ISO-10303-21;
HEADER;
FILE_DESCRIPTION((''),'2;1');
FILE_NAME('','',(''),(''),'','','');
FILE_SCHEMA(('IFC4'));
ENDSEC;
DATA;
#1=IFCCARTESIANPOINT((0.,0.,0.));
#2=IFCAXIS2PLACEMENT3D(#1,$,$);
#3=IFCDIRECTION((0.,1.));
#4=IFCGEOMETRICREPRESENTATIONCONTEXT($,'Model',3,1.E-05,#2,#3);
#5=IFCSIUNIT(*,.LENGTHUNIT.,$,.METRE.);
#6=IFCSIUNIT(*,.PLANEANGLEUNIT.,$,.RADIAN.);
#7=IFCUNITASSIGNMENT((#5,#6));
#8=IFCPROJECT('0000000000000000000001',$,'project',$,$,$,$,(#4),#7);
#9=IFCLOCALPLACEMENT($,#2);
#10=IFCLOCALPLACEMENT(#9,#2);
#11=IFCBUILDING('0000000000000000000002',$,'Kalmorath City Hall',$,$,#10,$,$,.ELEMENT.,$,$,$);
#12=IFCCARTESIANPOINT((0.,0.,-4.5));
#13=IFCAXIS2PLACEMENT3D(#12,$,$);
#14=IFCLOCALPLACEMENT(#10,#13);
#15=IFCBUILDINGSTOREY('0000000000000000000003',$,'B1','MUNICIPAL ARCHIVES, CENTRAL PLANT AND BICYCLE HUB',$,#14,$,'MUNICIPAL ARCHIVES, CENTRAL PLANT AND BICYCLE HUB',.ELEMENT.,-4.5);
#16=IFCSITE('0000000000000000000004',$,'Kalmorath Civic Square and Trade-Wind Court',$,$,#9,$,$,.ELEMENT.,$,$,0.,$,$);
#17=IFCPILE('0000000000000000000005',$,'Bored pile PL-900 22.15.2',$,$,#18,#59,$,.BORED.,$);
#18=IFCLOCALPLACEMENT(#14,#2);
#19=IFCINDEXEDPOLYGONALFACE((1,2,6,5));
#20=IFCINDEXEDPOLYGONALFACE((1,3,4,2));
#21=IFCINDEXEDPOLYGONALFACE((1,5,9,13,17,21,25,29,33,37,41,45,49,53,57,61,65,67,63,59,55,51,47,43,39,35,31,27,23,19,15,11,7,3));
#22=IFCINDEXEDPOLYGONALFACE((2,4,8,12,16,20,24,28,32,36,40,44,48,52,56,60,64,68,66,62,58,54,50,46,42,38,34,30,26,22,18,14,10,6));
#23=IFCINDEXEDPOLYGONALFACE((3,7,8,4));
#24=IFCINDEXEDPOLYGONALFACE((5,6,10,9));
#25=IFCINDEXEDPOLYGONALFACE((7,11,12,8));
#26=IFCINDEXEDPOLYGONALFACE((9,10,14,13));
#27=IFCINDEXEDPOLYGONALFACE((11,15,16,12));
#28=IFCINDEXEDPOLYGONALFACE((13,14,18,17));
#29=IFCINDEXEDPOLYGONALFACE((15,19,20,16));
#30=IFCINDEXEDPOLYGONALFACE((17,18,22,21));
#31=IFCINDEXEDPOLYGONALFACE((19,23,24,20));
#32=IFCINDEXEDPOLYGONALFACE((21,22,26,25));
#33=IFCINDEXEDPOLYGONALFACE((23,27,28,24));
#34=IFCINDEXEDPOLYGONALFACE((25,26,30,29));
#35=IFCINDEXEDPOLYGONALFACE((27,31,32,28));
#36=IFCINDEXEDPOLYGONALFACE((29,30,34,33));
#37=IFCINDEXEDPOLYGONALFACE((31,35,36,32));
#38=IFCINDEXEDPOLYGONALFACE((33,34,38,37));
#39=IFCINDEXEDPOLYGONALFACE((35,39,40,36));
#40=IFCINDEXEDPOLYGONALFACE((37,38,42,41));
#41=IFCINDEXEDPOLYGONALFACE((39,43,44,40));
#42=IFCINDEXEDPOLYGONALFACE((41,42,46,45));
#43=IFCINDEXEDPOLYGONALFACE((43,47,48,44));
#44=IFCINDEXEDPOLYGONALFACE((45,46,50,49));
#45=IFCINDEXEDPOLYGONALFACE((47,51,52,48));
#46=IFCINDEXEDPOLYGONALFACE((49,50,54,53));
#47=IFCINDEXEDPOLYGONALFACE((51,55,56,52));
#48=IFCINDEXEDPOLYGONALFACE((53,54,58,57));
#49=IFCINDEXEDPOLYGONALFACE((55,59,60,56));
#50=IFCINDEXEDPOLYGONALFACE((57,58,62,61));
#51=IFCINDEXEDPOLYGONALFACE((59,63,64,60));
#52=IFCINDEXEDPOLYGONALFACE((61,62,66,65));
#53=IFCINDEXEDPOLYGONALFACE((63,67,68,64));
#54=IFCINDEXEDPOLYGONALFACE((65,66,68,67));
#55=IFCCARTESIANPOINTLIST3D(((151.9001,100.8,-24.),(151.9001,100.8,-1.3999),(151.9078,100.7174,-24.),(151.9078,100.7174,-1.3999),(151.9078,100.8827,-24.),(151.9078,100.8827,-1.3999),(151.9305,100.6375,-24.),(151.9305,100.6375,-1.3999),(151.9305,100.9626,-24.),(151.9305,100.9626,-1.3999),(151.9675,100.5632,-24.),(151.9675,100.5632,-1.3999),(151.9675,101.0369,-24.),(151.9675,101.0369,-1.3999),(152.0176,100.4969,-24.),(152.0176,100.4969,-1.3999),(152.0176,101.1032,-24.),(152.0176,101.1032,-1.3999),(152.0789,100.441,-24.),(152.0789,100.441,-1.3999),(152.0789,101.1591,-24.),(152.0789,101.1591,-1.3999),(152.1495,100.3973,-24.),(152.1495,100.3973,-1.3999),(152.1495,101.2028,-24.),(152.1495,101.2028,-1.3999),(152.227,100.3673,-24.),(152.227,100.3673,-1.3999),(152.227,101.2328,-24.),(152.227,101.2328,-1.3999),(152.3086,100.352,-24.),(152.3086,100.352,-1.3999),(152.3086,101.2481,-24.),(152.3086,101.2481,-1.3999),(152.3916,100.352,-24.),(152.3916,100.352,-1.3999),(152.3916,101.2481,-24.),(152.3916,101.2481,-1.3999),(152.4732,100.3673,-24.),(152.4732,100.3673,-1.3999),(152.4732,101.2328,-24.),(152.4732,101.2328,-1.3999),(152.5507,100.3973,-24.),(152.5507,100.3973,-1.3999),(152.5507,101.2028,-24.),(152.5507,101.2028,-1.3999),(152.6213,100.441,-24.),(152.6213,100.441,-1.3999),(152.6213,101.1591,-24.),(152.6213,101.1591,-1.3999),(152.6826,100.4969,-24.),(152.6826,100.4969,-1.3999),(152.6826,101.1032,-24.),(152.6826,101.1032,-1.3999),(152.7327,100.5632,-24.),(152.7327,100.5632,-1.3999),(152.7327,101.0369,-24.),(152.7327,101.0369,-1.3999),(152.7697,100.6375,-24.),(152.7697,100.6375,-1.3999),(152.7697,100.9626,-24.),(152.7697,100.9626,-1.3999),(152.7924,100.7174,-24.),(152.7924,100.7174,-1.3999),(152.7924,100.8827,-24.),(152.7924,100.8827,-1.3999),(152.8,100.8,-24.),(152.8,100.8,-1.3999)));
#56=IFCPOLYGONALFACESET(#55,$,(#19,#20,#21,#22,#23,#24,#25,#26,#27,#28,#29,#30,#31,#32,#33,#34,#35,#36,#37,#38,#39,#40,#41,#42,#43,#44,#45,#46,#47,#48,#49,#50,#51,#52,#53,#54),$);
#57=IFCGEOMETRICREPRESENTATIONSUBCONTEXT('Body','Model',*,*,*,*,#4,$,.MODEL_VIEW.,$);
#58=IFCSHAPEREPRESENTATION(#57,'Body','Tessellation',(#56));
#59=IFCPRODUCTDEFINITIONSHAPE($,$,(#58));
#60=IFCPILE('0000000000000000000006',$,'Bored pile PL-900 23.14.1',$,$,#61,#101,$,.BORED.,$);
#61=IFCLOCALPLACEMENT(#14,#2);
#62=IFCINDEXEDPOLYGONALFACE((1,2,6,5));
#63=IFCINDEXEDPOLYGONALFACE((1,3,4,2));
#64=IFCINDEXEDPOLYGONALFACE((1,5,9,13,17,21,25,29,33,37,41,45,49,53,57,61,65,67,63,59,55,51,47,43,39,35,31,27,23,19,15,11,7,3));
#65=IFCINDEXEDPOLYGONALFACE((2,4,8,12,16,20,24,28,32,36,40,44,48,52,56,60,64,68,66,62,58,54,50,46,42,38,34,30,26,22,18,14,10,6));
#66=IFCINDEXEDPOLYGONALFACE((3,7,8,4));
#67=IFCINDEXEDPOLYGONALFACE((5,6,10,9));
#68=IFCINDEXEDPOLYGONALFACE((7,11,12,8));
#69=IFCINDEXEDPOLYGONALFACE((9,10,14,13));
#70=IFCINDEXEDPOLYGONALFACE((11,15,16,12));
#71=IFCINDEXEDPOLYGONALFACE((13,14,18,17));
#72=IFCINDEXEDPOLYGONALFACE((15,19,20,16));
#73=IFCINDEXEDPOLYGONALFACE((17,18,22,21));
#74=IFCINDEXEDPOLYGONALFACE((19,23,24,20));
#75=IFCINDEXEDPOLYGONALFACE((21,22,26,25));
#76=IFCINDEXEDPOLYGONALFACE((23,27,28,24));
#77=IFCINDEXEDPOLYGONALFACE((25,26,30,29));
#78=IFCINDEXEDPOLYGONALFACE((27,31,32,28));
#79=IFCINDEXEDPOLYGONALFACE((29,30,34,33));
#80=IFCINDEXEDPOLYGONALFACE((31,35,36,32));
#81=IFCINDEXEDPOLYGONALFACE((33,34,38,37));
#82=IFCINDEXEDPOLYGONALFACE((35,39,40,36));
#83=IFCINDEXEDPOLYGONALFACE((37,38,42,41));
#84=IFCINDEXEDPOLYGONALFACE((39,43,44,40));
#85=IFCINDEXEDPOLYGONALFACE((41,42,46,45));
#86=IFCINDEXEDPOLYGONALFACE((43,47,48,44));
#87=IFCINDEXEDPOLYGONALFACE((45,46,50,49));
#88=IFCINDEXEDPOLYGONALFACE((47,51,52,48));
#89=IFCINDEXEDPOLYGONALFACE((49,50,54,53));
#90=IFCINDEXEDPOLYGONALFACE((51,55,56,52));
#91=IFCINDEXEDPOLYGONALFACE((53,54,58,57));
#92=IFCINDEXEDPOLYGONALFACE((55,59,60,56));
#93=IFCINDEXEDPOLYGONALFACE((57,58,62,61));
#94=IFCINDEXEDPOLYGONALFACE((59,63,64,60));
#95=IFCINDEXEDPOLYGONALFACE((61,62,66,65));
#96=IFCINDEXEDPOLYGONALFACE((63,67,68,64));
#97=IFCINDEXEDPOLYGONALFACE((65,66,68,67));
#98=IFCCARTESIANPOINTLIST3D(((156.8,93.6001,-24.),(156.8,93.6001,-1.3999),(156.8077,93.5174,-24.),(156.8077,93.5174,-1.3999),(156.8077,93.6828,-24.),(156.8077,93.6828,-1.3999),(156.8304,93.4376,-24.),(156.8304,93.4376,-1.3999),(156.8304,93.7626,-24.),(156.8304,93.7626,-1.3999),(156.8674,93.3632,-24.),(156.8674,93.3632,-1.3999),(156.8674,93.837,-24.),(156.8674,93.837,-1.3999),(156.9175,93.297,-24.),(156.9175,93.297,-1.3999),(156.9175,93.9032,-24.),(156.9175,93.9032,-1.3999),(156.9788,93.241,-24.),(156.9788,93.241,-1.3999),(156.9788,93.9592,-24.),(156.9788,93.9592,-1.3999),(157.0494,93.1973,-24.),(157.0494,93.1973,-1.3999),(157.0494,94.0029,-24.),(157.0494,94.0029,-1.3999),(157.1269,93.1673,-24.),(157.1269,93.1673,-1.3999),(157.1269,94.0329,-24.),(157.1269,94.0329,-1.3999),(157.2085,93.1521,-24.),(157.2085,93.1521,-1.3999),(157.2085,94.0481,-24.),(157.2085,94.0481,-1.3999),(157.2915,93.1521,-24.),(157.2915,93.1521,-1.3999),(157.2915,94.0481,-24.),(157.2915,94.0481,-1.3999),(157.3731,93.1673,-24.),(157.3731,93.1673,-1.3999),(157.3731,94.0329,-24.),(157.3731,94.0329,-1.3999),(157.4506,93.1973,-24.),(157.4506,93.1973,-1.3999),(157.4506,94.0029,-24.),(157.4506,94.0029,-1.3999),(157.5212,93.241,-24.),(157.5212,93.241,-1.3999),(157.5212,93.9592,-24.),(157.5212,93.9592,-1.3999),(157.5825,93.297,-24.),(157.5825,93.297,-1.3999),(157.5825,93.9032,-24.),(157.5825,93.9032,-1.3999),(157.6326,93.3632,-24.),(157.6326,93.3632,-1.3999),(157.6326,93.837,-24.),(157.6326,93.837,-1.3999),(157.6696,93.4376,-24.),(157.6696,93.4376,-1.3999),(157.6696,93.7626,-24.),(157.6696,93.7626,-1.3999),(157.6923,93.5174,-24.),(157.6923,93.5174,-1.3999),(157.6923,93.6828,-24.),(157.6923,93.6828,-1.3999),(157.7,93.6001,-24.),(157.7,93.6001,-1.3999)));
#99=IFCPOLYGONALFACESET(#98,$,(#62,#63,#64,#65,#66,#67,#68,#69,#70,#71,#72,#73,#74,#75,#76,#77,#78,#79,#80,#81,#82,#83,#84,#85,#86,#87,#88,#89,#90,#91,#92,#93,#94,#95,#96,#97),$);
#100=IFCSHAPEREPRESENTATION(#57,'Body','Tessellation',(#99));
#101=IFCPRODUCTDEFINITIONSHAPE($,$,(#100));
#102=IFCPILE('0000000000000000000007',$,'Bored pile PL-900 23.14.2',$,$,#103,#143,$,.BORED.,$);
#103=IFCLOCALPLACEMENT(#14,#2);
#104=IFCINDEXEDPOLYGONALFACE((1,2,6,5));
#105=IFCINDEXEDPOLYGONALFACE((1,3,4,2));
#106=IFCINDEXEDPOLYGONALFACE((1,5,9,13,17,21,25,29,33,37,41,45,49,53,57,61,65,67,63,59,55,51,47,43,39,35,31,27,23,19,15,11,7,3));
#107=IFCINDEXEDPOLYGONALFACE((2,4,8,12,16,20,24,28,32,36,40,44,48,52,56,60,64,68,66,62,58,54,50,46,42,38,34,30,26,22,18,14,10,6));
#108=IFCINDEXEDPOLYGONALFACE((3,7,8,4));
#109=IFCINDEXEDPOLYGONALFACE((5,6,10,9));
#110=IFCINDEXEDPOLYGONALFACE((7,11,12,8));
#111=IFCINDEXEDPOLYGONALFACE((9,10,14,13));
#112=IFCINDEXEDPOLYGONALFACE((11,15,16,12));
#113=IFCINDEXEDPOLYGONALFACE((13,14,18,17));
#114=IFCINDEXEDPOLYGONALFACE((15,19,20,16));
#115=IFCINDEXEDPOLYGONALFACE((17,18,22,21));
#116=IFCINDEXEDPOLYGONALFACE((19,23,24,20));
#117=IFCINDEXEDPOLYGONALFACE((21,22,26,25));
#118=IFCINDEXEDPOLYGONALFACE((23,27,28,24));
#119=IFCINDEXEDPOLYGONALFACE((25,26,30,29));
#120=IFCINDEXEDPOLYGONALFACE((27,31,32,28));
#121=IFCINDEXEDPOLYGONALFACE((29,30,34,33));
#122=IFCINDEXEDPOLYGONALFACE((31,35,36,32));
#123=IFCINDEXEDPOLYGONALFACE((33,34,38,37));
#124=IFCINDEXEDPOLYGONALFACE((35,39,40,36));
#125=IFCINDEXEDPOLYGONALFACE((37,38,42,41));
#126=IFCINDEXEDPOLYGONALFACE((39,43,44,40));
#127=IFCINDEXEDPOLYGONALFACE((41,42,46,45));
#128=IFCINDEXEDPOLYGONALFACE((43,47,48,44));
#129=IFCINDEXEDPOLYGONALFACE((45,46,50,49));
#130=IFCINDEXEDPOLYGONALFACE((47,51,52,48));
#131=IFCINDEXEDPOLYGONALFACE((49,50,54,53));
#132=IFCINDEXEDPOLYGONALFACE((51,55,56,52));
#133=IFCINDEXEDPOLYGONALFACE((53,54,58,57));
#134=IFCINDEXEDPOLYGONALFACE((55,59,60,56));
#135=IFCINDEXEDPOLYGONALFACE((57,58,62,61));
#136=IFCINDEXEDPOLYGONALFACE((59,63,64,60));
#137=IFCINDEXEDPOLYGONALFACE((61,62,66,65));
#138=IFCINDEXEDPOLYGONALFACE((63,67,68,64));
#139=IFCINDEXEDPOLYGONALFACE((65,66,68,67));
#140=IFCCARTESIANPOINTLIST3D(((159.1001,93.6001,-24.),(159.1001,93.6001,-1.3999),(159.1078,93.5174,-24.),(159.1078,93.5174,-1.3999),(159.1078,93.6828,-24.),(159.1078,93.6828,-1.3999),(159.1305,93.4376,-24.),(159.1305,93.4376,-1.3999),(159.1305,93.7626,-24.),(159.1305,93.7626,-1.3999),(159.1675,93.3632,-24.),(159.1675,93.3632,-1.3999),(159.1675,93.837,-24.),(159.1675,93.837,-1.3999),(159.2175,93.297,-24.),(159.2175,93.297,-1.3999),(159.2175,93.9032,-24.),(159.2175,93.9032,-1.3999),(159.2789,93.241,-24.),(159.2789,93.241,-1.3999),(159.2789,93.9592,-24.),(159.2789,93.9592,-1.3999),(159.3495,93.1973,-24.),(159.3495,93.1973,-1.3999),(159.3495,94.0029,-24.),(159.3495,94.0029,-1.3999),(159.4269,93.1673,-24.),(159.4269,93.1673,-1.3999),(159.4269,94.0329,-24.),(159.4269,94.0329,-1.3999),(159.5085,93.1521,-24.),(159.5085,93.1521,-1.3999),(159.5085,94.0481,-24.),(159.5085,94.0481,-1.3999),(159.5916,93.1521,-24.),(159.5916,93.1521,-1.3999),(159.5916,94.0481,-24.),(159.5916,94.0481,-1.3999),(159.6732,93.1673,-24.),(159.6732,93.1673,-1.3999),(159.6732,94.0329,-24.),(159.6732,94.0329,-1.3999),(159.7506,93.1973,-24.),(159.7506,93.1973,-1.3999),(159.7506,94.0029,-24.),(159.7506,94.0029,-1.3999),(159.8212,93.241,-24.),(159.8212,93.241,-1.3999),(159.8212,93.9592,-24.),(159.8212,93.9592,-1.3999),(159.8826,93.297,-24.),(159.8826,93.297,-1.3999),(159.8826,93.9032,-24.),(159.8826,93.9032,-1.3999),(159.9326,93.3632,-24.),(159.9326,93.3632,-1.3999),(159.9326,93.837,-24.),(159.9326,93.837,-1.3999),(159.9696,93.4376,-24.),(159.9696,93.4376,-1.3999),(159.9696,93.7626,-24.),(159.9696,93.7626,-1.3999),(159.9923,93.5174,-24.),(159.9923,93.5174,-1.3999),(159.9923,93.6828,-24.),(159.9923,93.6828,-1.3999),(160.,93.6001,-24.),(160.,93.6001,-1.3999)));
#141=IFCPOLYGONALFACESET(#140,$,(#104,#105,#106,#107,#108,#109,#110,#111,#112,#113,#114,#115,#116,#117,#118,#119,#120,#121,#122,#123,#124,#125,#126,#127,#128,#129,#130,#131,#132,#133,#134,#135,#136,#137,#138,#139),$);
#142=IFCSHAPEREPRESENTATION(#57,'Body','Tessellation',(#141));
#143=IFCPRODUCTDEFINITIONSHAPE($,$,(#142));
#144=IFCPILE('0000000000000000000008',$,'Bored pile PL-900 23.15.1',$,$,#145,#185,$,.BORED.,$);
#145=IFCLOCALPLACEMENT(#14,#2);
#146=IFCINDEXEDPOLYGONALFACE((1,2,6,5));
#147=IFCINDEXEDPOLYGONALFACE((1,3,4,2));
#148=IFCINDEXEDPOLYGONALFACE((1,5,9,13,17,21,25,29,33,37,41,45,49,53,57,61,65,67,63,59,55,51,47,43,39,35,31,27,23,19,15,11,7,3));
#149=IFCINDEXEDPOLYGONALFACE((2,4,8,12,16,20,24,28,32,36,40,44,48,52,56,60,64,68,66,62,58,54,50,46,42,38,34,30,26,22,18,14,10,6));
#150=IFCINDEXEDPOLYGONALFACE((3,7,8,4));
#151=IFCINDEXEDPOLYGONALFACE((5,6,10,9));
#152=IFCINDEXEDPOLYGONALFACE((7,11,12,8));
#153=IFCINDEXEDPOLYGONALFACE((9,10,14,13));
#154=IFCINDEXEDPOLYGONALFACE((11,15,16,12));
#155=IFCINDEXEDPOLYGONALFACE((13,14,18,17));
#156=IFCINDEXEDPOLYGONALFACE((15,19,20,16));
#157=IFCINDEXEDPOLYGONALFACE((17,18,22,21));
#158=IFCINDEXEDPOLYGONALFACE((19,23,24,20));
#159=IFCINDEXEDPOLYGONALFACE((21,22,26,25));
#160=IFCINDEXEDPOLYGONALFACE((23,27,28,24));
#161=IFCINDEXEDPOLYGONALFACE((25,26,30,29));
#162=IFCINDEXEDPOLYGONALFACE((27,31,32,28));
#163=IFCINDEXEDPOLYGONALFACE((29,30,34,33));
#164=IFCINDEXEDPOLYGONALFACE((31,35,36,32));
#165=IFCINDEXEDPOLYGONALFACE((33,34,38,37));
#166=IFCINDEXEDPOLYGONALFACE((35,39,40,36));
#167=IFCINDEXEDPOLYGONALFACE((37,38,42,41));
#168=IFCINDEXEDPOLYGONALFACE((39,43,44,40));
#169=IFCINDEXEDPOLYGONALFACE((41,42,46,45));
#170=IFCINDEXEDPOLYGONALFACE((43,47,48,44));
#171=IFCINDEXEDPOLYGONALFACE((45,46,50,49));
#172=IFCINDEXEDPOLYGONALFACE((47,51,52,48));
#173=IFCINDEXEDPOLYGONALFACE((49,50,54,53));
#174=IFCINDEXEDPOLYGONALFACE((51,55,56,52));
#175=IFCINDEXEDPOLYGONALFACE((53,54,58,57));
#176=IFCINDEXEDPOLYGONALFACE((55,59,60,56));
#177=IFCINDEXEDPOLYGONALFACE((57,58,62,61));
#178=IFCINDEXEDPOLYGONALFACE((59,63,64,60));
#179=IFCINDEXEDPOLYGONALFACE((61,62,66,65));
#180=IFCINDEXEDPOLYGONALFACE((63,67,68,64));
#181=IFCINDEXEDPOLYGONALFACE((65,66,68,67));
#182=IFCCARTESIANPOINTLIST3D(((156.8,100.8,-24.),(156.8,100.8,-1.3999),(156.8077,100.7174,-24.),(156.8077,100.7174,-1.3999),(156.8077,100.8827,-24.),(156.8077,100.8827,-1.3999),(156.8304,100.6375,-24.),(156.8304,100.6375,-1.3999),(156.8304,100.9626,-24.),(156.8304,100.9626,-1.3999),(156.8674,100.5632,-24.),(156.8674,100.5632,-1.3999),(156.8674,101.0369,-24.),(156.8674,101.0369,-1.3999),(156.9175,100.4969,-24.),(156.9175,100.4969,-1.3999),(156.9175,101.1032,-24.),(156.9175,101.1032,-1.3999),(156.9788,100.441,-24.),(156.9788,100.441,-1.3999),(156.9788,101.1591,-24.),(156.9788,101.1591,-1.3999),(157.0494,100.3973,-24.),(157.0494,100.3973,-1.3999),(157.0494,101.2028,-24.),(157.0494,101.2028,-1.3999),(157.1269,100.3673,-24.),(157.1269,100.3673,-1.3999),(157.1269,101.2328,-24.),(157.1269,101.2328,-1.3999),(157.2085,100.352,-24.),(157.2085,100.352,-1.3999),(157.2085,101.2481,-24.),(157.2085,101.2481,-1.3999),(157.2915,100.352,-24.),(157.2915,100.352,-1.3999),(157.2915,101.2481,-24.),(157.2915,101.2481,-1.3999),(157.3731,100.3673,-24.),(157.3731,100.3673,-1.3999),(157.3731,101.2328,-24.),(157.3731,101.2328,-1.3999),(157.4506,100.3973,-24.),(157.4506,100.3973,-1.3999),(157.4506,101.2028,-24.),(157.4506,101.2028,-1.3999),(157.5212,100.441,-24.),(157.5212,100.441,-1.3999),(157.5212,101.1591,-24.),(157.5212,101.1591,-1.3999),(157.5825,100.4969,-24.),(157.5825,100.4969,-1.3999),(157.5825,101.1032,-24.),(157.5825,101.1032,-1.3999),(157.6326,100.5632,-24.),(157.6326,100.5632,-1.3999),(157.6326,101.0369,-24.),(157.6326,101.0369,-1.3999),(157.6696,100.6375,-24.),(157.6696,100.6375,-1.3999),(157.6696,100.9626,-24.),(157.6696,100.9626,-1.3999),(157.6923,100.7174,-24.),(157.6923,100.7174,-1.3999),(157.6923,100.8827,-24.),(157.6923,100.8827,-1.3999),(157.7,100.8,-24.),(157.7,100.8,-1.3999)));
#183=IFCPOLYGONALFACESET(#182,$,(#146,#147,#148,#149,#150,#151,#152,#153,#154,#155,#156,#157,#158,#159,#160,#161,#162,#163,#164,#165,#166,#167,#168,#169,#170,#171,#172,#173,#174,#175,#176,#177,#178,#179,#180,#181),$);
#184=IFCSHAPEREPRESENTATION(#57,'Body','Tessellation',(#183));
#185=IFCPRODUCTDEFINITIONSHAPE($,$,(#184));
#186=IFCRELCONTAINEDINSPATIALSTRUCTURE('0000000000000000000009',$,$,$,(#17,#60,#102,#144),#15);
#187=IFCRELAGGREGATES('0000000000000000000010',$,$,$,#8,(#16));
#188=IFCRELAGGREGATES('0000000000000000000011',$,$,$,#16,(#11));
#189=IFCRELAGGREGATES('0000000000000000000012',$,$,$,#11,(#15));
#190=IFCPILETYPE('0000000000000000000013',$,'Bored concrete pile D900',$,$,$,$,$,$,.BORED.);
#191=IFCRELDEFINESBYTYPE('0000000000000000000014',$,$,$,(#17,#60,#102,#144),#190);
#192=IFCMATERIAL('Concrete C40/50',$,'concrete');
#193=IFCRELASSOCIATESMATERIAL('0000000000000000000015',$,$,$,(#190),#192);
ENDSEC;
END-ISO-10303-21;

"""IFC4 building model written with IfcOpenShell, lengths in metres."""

from ifc_helpers import new_model, si_unit, direction, frame, origin, origin_2d, place, context, subcontext, project, spatial, circle, extrude, material, material_profile, profile_set, type_object, element, save


model = new_model("IFC4")

# Units and contexts
model_context = context("Model", 3, precision=1e-05, world=origin(), true_north=direction((0.0, 1.0)))
body_context = subcontext(model_context, "Body", "Model", "MODEL_VIEW")
ifc_project = project(units=[si_unit("LENGTHUNIT", "METRE"), si_unit("PLANEANGLEUNIT", "RADIAN")], contexts=[model_context])

# Site, building, storey
site_placement = place(None, origin())
site = spatial("IfcSite", under=ifc_project, at=site_placement, Name="Kalmorath Civic Square and Trade-Wind Court", CompositionType="ELEMENT", RefElevation=0.0)
building_placement = place(site_placement, origin())
building = spatial("IfcBuilding", under=site, at=building_placement, Name="Kalmorath City Hall", CompositionType="ELEMENT")
storey_placement = place(building_placement, frame((0.0, 0.0, -4.5)))
storey = spatial("IfcBuildingStorey", under=building, at=storey_placement, Name="B1", Description="MUNICIPAL ARCHIVES, CENTRAL PLANT AND BICYCLE HUB", LongName="MUNICIPAL ARCHIVES, CENTRAL PLANT AND BICYCLE HUB", CompositionType="ELEMENT", Elevation=-4.5)

# Piles
ifc_material_1 = material(Name="Concrete C40/50", Category="concrete")
ifc_material_profile_1 = material_profile(ifc_material_1, circle(Radius=0.45, at=origin_2d()), Name="PILE-D900")
ifc_profile_set_1 = profile_set([ifc_material_profile_1], Name="Concrete C40/50")
pile_type_1 = type_object("IfcPileType", Name="Bored concrete pile D900", PredefinedType="BORED", material=ifc_profile_set_1)
for number, where, z_axis, x_axis, name in (
    (1, (152.3501, 100.8, -1.3999), (0.0, 0.0, -1.0), (1.0, 0.0, 0.0), "Bored pile PL-900 22.15.2"),
    (2, (157.25, 93.6001, -1.3999), (0.0, 0.0, -1.0), (1.0, 0.0, 0.0), "Bored pile PL-900 23.14.1"),
    (3, (159.55, 93.6001, -1.3999), (0.0, 0.0, -1.0), (1.0, 0.0, 0.0), "Bored pile PL-900 23.14.2"),
    (4, (157.25, 100.8, -1.3999), (0.0, 0.0, -1.0), (1.0, 0.0, 0.0), "Bored pile PL-900 23.15.1"),
):
    element("IfcPile", number, at=place(storey_placement, frame(where, z_axis=z_axis, x_axis=x_axis)), inside=storey, type_object=pile_type_1, Name=name, PredefinedType="BORED", context=body_context, shape_type="SweptSolid", body=[
        extrude(circle(Radius=0.45, at=origin_2d()), origin(), (0.0, 0.0, 1.0), 22.6001),
    ])

save(model, "model.ifc")
